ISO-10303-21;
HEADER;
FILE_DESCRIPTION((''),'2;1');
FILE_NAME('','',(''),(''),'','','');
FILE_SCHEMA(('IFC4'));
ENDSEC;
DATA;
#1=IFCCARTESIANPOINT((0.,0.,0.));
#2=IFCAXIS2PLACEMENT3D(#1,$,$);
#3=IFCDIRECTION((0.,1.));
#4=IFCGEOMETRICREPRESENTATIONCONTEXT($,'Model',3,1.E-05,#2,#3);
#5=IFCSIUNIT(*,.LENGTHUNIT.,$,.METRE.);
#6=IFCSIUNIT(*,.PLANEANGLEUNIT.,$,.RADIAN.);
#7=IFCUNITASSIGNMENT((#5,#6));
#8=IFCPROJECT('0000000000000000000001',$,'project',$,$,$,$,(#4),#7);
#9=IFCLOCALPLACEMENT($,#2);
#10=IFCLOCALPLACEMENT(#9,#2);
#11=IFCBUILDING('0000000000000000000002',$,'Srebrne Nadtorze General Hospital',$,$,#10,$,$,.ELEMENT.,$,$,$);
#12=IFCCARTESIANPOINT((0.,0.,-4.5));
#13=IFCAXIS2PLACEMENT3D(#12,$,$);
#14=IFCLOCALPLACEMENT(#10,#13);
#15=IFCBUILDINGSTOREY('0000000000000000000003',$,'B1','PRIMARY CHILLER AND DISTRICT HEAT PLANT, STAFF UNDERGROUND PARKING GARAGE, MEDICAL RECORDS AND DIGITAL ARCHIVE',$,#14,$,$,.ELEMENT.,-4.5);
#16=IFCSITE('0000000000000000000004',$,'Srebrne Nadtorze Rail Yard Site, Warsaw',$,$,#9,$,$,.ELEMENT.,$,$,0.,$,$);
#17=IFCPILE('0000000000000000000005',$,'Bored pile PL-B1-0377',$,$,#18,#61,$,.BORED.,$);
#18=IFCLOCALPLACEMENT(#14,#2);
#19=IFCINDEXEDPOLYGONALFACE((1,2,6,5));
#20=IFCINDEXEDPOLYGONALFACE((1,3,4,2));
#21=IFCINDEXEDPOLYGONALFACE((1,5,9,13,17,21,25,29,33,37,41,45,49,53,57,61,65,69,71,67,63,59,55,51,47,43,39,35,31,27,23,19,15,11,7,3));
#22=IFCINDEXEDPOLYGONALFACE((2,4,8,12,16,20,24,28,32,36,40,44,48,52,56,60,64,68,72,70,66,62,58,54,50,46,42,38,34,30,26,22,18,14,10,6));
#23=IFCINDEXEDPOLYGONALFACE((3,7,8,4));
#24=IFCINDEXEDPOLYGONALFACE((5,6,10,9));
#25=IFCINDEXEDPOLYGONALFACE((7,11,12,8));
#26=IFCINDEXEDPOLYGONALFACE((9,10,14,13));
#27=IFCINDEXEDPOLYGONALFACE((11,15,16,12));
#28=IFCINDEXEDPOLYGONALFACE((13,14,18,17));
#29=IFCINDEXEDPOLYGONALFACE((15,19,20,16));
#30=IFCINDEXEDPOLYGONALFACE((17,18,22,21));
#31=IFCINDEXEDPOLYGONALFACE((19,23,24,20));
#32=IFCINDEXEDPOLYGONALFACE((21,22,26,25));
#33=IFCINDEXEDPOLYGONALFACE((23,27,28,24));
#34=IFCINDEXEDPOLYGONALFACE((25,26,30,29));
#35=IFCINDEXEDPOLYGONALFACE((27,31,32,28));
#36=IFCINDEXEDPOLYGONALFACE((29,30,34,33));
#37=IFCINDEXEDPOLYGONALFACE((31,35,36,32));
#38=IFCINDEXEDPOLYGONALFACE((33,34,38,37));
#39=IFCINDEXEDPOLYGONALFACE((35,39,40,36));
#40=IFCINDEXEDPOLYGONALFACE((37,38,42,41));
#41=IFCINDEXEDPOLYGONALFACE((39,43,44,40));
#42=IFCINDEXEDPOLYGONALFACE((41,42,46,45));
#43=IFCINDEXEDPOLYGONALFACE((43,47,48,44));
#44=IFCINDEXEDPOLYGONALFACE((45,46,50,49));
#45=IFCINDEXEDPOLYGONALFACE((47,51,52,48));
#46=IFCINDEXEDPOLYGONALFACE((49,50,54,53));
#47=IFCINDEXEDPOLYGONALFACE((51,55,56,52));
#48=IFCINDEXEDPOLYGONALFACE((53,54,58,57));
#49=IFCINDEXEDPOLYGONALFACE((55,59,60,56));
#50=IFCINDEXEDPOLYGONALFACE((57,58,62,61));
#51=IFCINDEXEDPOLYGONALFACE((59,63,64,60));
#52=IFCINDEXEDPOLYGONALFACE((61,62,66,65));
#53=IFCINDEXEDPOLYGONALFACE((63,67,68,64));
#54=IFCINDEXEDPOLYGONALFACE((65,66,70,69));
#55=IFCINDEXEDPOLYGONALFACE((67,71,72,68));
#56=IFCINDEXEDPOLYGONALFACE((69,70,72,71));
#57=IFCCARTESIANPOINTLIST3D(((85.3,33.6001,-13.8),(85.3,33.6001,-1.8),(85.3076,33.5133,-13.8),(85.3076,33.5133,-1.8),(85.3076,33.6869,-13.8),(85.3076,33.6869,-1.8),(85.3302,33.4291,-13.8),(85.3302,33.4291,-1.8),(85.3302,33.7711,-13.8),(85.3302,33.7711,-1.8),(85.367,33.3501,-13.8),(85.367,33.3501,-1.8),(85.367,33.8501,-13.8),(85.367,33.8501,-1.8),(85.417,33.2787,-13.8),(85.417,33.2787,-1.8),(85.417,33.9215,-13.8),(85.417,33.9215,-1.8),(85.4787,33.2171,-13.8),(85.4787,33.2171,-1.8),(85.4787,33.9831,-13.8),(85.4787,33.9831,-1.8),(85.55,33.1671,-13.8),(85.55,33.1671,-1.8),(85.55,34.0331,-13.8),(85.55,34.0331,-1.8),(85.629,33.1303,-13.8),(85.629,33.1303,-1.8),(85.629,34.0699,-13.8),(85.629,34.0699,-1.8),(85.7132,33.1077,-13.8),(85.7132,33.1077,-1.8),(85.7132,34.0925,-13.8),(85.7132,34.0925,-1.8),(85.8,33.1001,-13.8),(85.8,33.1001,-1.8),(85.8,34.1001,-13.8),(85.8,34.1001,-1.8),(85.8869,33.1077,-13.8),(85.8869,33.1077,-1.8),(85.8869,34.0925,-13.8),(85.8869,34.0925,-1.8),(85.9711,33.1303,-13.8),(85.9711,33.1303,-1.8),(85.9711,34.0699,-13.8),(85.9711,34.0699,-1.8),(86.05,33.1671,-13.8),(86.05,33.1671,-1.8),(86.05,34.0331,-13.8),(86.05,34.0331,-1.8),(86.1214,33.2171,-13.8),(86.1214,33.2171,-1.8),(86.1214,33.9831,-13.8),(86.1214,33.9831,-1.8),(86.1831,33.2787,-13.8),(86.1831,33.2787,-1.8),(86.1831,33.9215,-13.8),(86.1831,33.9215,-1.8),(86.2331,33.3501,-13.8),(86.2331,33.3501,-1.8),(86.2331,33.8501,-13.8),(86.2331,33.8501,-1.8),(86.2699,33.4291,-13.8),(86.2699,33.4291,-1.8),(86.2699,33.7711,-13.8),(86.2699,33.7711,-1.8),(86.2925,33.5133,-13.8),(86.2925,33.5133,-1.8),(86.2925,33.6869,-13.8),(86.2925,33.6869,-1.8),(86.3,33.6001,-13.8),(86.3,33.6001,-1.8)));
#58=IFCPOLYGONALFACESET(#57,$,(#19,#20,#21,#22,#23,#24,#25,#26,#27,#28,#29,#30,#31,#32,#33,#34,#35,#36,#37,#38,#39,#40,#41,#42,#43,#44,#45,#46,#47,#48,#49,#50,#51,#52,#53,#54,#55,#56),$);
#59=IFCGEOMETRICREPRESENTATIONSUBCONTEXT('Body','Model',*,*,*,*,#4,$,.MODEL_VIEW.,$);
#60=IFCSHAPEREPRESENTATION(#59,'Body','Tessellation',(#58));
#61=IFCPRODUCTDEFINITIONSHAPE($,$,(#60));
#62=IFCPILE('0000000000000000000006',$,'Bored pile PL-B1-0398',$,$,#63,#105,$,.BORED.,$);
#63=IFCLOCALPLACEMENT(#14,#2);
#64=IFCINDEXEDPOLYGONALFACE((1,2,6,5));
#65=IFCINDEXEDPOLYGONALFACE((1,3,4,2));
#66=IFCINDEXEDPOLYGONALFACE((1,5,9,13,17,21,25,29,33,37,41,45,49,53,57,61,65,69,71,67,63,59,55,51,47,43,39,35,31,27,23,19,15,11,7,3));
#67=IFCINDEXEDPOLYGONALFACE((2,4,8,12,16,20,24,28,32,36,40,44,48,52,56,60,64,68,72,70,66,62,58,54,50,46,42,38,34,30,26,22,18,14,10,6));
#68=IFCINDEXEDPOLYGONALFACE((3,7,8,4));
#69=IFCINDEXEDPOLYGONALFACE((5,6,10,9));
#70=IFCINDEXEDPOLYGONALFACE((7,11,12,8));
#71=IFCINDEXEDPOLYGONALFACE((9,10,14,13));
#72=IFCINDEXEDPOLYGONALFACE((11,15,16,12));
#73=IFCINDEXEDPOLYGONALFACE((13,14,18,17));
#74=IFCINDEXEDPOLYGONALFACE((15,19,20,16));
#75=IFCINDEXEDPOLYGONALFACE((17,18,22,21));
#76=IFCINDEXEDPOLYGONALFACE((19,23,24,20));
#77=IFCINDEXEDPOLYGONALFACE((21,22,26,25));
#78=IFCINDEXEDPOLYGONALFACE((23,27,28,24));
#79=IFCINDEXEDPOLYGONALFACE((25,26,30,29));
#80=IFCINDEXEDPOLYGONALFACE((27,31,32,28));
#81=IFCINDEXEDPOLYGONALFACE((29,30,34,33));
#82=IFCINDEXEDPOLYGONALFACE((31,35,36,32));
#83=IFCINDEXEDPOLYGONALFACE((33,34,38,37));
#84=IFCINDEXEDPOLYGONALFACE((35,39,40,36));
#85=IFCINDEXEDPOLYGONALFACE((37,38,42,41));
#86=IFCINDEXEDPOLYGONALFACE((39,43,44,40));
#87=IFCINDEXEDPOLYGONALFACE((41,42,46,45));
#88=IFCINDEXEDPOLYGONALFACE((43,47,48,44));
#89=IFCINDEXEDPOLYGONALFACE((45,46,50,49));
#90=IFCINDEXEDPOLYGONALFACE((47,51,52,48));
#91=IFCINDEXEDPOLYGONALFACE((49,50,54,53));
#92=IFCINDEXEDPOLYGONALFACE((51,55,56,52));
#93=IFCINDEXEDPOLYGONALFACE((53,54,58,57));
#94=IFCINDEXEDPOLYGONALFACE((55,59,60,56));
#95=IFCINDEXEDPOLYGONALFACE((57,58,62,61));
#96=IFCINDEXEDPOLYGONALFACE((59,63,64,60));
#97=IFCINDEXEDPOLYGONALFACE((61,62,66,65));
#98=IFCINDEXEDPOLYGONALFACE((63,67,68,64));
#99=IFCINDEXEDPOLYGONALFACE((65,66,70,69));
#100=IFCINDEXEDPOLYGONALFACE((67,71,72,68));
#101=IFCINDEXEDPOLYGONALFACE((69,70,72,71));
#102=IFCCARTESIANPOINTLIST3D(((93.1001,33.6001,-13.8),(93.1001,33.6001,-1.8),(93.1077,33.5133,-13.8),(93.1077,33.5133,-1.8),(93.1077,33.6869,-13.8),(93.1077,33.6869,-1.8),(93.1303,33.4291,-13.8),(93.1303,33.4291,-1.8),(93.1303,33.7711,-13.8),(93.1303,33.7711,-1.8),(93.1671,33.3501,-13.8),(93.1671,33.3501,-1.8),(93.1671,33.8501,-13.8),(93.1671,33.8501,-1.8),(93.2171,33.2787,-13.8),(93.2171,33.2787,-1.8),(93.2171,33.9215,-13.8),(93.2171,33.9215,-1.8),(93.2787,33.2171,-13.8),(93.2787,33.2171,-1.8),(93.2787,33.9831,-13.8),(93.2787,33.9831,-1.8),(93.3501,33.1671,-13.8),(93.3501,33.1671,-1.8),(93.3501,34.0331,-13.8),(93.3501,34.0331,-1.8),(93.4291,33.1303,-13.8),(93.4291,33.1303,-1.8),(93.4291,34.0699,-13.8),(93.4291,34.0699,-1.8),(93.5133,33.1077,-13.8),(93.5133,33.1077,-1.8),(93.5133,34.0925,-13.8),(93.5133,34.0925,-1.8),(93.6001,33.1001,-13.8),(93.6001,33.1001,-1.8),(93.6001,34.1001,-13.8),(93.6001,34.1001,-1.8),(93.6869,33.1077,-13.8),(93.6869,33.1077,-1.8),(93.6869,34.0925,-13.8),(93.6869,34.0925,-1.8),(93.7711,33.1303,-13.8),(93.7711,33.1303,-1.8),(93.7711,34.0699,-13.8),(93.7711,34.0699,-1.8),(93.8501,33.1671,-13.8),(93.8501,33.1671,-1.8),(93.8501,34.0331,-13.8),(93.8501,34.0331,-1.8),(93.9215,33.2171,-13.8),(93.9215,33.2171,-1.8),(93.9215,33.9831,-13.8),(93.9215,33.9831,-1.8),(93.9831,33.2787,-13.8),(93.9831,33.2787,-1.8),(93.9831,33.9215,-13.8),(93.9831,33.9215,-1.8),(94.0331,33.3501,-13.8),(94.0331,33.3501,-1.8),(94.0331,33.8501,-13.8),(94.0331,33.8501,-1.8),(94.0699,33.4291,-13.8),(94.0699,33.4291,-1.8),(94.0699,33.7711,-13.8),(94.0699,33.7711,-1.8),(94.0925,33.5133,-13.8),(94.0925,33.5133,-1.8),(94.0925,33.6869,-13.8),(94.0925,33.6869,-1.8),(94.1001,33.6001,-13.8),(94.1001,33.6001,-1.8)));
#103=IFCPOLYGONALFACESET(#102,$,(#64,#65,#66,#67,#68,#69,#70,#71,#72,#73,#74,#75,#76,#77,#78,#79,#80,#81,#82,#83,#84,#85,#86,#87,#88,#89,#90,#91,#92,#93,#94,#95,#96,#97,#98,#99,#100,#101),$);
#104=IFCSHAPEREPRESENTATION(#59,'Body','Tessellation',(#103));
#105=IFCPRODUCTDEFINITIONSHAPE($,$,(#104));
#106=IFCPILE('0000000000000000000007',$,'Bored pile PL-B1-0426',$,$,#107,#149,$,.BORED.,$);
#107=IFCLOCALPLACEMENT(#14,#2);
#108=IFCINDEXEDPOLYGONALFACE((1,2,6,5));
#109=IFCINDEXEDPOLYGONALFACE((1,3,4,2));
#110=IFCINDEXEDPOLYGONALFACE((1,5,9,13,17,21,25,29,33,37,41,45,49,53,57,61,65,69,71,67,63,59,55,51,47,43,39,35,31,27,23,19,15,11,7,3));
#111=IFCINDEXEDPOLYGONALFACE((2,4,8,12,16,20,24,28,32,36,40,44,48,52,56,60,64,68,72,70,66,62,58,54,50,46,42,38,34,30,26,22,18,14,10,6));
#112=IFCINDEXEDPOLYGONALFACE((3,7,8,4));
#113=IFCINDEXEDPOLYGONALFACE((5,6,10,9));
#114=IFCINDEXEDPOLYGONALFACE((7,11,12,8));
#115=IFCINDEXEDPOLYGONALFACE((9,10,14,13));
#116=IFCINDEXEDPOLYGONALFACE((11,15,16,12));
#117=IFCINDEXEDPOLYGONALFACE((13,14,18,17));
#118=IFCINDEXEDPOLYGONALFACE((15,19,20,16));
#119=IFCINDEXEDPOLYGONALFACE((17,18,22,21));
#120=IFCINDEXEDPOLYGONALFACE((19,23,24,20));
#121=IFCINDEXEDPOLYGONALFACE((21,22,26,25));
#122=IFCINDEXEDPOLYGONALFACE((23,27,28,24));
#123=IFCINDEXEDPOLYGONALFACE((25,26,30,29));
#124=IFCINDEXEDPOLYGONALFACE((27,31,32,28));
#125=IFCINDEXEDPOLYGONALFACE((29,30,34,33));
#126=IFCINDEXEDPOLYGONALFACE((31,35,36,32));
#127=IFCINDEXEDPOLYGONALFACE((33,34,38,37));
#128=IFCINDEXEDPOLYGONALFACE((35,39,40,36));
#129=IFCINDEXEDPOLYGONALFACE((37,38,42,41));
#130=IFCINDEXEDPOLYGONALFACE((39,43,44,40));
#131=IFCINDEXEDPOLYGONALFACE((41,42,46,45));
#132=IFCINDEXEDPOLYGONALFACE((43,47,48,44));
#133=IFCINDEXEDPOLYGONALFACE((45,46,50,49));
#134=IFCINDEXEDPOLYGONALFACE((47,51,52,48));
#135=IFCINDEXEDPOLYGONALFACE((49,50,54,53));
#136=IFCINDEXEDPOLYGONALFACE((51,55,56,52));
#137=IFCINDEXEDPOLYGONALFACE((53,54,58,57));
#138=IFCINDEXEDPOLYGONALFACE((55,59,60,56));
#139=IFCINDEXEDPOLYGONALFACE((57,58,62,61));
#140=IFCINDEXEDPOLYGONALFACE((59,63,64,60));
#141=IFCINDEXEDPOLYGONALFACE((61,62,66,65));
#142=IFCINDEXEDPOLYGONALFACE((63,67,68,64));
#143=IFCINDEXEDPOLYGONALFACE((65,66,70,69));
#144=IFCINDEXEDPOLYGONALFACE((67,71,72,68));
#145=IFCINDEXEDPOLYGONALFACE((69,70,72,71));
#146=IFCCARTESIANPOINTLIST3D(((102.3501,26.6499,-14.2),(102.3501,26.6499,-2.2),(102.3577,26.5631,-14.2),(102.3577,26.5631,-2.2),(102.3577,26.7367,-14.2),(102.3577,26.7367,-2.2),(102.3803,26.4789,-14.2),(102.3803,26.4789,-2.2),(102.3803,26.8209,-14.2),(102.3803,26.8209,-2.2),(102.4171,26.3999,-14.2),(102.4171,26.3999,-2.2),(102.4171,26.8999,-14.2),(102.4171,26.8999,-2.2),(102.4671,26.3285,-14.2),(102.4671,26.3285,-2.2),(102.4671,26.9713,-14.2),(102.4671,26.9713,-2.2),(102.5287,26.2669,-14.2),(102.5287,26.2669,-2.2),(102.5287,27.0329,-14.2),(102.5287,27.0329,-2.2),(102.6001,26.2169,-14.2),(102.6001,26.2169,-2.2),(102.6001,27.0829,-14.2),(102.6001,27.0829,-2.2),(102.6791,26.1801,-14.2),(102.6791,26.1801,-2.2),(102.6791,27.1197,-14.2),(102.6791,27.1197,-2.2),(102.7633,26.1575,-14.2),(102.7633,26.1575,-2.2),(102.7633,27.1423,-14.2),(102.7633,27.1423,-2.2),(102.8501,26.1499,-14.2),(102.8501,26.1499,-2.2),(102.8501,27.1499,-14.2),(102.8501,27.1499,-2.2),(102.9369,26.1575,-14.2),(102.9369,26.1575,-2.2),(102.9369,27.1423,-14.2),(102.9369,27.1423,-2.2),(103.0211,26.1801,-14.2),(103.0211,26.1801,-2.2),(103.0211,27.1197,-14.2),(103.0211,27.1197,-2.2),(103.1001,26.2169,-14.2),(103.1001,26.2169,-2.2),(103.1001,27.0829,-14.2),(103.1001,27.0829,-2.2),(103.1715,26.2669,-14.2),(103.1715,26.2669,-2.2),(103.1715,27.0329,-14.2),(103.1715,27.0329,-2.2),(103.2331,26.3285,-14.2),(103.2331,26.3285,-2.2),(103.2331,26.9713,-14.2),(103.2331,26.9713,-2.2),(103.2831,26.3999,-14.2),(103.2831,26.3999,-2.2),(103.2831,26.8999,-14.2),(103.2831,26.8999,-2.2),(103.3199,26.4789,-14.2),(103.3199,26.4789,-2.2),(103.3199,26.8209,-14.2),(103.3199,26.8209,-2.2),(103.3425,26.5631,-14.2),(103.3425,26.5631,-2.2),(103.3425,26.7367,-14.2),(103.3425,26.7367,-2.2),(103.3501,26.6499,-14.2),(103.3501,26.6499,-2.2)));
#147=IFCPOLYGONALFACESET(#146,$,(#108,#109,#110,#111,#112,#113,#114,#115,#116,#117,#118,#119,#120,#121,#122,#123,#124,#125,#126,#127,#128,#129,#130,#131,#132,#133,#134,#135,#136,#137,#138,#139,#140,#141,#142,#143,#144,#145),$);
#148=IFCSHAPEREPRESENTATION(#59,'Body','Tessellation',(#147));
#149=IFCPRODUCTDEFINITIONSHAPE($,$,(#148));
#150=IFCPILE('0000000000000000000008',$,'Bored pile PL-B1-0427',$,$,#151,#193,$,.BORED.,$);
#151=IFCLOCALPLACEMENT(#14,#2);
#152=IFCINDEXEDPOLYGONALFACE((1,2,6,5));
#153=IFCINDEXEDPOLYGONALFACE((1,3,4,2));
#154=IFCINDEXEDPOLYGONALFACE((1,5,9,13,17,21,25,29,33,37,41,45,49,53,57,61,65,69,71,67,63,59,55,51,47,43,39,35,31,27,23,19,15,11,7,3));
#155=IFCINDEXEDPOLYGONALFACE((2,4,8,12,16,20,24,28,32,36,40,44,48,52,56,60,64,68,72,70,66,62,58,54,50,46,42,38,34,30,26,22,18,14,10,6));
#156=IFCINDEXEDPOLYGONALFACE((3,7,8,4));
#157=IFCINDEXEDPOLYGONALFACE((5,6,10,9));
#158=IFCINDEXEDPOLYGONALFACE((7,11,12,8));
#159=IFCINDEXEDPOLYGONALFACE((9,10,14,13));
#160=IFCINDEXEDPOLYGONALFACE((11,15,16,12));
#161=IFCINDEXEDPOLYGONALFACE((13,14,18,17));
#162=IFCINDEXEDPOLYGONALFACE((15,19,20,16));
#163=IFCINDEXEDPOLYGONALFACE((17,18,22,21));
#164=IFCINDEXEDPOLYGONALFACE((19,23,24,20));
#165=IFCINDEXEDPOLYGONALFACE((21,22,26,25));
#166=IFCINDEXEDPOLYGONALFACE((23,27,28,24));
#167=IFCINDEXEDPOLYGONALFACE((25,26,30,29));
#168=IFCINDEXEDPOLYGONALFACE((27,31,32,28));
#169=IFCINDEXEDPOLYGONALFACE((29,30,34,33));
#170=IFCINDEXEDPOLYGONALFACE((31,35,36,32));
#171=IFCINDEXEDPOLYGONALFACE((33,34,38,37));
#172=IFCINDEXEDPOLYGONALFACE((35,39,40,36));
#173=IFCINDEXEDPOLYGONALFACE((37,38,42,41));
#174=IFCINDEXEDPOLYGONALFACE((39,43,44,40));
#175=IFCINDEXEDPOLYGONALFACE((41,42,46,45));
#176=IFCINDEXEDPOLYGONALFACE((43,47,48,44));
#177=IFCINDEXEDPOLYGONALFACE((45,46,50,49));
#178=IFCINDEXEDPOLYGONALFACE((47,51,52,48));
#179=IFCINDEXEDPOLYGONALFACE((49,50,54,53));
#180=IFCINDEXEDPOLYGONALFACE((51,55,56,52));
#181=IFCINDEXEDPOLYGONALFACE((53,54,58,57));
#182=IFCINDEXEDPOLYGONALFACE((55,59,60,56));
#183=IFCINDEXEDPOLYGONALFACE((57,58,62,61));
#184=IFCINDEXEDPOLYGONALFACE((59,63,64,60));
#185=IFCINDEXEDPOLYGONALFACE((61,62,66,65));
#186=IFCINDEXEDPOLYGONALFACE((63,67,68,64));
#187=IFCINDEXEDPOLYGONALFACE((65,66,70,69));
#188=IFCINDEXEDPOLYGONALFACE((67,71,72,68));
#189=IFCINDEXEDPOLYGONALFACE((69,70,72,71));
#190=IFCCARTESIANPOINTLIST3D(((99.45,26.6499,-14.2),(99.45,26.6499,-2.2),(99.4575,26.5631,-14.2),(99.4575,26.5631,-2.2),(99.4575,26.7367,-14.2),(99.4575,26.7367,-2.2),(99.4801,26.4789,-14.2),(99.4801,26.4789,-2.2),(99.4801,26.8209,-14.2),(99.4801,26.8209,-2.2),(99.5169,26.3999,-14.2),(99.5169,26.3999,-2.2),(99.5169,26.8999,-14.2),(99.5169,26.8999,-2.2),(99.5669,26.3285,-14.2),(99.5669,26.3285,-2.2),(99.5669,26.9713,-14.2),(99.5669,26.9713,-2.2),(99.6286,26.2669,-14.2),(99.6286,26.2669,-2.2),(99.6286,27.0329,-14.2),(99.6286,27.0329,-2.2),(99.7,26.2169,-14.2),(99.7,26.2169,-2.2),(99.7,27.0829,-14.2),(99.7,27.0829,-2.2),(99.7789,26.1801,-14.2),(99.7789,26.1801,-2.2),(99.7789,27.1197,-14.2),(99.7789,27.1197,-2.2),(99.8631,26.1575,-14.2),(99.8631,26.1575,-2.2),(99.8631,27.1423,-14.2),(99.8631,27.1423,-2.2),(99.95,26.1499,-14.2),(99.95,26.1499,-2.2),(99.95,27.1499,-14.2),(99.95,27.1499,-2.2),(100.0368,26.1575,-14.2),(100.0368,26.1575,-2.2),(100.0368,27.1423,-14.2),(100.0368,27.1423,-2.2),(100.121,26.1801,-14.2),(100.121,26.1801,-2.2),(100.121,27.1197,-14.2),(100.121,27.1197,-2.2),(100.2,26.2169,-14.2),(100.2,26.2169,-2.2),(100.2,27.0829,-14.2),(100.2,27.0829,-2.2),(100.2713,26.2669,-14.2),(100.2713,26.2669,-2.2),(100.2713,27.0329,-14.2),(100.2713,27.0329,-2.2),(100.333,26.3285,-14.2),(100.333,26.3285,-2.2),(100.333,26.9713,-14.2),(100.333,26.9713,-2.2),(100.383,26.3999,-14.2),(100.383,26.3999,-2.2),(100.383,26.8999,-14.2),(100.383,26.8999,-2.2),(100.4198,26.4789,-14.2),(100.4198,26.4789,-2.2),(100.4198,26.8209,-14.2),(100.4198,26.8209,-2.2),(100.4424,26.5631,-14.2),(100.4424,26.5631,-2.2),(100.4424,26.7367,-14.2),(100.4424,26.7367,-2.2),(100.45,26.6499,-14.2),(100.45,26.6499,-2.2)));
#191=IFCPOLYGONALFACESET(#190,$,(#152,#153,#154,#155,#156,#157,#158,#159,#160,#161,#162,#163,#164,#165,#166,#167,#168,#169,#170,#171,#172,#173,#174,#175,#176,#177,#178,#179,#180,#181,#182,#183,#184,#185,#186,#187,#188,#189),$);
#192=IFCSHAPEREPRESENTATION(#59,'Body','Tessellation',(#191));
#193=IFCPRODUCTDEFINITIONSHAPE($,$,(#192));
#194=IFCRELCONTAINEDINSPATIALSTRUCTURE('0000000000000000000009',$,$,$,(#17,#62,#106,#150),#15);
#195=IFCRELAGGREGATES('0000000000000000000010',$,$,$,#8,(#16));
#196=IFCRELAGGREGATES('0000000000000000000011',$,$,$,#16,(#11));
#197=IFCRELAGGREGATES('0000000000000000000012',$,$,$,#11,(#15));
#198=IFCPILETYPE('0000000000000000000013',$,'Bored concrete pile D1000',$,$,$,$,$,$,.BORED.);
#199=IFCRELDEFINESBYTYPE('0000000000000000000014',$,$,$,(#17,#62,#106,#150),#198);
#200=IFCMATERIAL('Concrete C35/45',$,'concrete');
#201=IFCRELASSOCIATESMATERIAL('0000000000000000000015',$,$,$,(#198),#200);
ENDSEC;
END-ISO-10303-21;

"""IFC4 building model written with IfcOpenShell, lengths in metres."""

from ifc_helpers import new_model, si_unit, direction, frame, origin, origin_2d, place, context, subcontext, project, spatial, circle, extrude, material, material_profile, profile_set, type_object, element, save


model = new_model("IFC4")

# Units and contexts
model_context = context("Model", 3, precision=1e-05, world=origin(), true_north=direction((0.0, 1.0)))
body_context = subcontext(model_context, "Body", "Model", "MODEL_VIEW")
ifc_project = project(units=[si_unit("LENGTHUNIT", "METRE"), si_unit("PLANEANGLEUNIT", "RADIAN")], contexts=[model_context])

# Site, building, storey
site_placement = place(None, origin())
site = spatial("IfcSite", under=ifc_project, at=site_placement, Name="Srebrne Nadtorze Rail Yard Site, Warsaw", CompositionType="ELEMENT", RefElevation=0.0)
building_placement = place(site_placement, origin())
building = spatial("IfcBuilding", under=site, at=building_placement, Name="Srebrne Nadtorze General Hospital", CompositionType="ELEMENT")
storey_placement = place(building_placement, frame((0.0, 0.0, -4.5)))
storey = spatial("IfcBuildingStorey", under=building, at=storey_placement, Name="B1", Description="PRIMARY CHILLER AND DISTRICT HEAT PLANT, STAFF UNDERGROUND PARKING GARAGE, MEDICAL RECORDS AND DIGITAL ARCHIVE", CompositionType="ELEMENT", Elevation=-4.5)

# Piles
ifc_material_1 = material(Name="Concrete C35/45", Category="concrete")
ifc_material_profile_1 = material_profile(ifc_material_1, circle(Radius=0.5, at=origin_2d()), Name="PILE-D1000")
ifc_profile_set_1 = profile_set([ifc_material_profile_1], Name="Concrete C35/45")
pile_type_1 = type_object("IfcPileType", Name="Bored concrete pile D1000", PredefinedType="BORED", material=ifc_profile_set_1)
for number, where, z_axis, x_axis, name in (
    (1, (85.8, 33.6001, -1.8), (0.0, 0.0, -1.0), (1.0, 0.0, 0.0), "Bored pile PL-B1-0377"),
    (2, (93.6001, 33.6001, -1.8), (0.0, 0.0, -1.0), (1.0, 0.0, 0.0), "Bored pile PL-B1-0398"),
    (3, (102.8501, 26.6499, -2.2), (0.0, 0.0, -1.0), (1.0, 0.0, 0.0), "Bored pile PL-B1-0426"),
    (4, (99.95, 26.6499, -2.2), (0.0, 0.0, -1.0), (1.0, 0.0, 0.0), "Bored pile PL-B1-0427"),
):
    element("IfcPile", number, at=place(storey_placement, frame(where, z_axis=z_axis, x_axis=x_axis)), inside=storey, type_object=pile_type_1, Name=name, PredefinedType="BORED", context=body_context, shape_type="SweptSolid", body=[
        extrude(circle(Radius=0.5, at=origin_2d()), origin(), (0.0, 0.0, 1.0), 12.0),
    ])

save(model, "model.ifc")
